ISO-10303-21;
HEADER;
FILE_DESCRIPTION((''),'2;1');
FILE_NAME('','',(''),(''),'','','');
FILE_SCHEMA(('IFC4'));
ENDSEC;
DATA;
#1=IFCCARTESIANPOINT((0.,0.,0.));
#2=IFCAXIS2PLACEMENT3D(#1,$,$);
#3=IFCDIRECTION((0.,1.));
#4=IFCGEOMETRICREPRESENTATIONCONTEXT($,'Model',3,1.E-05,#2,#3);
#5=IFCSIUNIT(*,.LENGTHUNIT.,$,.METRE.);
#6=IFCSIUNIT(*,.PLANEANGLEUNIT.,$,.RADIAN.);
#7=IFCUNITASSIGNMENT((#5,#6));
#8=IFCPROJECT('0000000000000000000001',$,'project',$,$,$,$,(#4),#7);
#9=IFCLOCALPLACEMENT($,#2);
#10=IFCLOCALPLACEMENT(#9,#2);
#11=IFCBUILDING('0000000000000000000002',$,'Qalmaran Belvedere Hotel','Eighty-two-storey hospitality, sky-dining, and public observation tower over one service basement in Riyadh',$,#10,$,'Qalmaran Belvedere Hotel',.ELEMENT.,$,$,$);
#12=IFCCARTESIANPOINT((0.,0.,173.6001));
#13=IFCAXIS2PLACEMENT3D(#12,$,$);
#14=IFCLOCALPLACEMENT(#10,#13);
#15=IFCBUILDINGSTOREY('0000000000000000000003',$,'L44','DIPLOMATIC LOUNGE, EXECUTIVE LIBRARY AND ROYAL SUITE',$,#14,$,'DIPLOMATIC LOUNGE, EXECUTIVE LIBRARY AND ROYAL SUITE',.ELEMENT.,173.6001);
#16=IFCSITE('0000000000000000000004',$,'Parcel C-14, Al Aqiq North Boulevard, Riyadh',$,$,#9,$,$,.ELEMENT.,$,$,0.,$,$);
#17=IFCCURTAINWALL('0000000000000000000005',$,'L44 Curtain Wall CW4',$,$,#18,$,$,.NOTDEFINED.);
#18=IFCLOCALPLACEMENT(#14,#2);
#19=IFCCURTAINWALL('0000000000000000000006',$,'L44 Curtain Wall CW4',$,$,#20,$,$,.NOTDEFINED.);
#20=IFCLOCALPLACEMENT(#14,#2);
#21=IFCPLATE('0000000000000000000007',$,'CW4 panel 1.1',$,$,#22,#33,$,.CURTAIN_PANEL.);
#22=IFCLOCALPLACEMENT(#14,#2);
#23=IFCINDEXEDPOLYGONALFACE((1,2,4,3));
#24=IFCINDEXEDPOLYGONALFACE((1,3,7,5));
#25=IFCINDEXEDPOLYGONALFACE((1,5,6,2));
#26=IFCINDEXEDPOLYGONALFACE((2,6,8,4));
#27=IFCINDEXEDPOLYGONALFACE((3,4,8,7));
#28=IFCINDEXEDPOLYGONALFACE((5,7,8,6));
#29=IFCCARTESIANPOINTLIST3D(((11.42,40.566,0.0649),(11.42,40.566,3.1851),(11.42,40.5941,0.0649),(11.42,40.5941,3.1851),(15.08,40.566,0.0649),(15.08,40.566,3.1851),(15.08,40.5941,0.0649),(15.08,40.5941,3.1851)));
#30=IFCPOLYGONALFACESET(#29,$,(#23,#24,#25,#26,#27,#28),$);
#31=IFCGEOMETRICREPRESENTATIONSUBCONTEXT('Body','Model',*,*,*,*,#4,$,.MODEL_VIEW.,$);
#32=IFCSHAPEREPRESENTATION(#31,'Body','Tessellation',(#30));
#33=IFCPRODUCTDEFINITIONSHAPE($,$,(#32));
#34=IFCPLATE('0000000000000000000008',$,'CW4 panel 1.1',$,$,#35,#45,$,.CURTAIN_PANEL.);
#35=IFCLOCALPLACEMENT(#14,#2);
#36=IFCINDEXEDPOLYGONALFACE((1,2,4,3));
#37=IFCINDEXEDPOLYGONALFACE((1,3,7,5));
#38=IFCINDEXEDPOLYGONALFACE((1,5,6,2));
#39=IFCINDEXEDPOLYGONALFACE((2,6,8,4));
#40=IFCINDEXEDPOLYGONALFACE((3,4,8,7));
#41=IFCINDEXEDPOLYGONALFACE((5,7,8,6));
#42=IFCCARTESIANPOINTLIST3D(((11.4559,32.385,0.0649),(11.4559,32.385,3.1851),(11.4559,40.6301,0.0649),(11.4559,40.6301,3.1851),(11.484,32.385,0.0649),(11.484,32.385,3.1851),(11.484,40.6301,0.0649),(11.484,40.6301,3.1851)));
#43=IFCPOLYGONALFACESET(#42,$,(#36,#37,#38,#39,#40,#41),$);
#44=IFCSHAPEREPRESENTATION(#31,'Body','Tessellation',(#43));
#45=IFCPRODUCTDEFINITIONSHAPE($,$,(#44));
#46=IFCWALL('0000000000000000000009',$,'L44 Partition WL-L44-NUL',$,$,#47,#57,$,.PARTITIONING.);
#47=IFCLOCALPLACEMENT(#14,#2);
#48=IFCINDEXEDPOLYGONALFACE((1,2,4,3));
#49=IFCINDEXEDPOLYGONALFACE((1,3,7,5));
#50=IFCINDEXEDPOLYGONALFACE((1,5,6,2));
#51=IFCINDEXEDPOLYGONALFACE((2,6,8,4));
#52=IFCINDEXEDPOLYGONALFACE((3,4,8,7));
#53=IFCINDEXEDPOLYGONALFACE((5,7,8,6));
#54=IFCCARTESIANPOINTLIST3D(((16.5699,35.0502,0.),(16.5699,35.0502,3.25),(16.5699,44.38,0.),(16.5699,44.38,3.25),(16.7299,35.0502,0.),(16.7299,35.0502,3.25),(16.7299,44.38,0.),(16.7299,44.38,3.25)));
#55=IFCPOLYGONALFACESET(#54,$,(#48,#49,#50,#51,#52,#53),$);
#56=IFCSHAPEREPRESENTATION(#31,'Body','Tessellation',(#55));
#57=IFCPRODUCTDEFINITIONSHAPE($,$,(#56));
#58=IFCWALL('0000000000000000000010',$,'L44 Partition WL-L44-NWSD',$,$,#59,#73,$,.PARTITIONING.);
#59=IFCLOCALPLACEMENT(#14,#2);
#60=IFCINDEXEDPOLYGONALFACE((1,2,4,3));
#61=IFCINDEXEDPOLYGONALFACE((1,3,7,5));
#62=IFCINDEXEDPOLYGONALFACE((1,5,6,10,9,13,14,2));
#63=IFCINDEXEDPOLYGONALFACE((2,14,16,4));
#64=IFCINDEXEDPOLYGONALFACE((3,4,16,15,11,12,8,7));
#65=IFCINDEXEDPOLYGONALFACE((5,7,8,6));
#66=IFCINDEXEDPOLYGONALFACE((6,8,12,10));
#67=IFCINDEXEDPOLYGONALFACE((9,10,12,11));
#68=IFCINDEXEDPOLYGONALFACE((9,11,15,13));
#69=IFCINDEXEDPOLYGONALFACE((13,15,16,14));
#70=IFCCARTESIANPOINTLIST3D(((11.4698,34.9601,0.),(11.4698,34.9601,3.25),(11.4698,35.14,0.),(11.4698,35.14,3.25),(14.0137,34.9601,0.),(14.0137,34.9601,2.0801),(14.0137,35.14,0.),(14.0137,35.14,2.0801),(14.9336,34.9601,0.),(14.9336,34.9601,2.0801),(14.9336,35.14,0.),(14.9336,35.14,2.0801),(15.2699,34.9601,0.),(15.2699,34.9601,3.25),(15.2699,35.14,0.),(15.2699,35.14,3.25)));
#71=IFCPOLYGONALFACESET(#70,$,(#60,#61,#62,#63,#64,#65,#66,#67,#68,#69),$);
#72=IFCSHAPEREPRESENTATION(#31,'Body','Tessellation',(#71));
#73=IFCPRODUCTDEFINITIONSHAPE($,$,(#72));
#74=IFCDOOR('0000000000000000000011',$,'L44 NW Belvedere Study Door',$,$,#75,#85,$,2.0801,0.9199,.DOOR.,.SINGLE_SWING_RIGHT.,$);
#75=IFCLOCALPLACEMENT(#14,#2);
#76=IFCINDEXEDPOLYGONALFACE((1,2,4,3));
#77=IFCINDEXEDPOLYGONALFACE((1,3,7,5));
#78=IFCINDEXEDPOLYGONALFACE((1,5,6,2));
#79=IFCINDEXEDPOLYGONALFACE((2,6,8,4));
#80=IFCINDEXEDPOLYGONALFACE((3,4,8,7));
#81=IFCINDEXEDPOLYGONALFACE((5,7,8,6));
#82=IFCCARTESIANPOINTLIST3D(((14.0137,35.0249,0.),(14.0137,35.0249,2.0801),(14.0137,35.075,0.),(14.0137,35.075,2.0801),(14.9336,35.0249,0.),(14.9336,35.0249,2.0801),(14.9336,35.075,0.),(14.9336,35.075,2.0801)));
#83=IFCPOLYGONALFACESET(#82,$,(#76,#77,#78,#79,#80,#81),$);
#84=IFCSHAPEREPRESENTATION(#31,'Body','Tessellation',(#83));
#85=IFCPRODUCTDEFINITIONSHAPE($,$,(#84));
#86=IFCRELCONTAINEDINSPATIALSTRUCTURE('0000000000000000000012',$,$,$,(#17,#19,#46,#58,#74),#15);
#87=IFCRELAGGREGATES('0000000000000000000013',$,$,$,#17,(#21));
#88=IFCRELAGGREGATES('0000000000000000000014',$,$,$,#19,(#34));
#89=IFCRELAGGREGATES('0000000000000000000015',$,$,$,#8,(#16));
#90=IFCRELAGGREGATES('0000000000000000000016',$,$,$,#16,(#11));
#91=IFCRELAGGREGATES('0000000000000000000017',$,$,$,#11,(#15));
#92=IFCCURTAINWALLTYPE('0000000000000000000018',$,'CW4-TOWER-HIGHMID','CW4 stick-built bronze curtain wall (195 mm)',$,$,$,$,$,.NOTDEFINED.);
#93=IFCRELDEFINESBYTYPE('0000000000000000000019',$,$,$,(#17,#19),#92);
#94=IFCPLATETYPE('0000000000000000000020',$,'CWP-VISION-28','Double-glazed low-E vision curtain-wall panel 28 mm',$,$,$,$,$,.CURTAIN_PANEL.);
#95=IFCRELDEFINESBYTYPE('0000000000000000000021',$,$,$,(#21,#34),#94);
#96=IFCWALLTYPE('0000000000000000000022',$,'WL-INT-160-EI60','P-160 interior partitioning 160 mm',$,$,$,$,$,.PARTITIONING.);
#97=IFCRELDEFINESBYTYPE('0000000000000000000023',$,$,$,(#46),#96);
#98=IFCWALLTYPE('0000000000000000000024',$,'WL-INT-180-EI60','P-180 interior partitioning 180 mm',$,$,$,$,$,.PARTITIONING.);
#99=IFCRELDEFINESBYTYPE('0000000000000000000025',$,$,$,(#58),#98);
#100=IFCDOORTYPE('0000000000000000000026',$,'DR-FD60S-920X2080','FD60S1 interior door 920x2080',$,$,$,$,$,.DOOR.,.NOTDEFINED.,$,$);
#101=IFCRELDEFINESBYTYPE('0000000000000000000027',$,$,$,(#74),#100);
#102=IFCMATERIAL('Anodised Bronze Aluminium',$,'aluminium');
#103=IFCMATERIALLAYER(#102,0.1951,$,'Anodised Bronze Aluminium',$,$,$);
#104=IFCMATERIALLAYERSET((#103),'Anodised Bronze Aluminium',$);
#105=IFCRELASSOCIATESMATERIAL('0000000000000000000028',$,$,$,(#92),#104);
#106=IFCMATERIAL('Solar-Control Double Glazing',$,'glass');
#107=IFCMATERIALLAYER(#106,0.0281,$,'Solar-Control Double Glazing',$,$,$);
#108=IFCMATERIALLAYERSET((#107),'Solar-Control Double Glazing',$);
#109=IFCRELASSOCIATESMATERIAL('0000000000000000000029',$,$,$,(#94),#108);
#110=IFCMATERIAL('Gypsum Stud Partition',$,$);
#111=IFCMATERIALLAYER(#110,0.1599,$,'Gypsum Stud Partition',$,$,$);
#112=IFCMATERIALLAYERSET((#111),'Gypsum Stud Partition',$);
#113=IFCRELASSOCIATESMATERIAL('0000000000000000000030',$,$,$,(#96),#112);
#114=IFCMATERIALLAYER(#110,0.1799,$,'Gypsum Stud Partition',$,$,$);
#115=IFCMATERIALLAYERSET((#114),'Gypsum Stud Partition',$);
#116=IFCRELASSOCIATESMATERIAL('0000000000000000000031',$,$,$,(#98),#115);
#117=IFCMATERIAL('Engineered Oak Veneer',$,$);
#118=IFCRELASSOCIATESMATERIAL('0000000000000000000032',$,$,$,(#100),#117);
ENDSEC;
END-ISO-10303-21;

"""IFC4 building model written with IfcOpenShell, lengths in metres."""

from ifc_helpers import new_model, si_unit, direction, frame, frame_2d, origin, origin_2d, place, context, subcontext, project, spatial, rectangle, extrude, material, layer, layer_set, type_object, element, fill, aggregate, save


model = new_model("IFC4")

# Units and contexts
model_context = context("Model", 3, precision=1e-05, world=origin(), true_north=direction((0.0, 1.0)))
body_context = subcontext(model_context, "Body", "Model", "MODEL_VIEW")
ifc_project = project(units=[si_unit("LENGTHUNIT", "METRE"), si_unit("PLANEANGLEUNIT", "RADIAN")], contexts=[model_context])

# Site, building, storey
site_placement = place(None, origin())
site = spatial("IfcSite", under=ifc_project, at=site_placement, Name="Parcel C-14, Al Aqiq North Boulevard, Riyadh", CompositionType="ELEMENT", RefElevation=0.0)
building_placement = place(site_placement, origin())
building = spatial("IfcBuilding", under=site, at=building_placement, Name="Qalmaran Belvedere Hotel", Description="Eighty-two-storey hospitality, sky-dining, and public observation tower over one service basement in Riyadh", LongName="Qalmaran Belvedere Hotel", CompositionType="ELEMENT")
storey_placement = place(building_placement, frame((0.0, 0.0, 173.6001)))
storey = spatial("IfcBuildingStorey", under=building, at=storey_placement, Name="L44", Description="DIPLOMATIC LOUNGE, EXECUTIVE LIBRARY AND ROYAL SUITE", LongName="DIPLOMATIC LOUNGE, EXECUTIVE LIBRARY AND ROYAL SUITE", CompositionType="ELEMENT", Elevation=173.6001)

# Shared definitions
ifc_material_1 = material(Name="Anodised Bronze Aluminium", Category="aluminium")
ifc_layer_1 = layer(ifc_material_1, 0.1951, Name="Anodised Bronze Aluminium")
ifc_layer_set_1 = layer_set([ifc_layer_1], Name="Anodised Bronze Aluminium")
curtain_wall_type = type_object("IfcCurtainWallType", Name="CW4-TOWER-HIGHMID", Description="CW4 stick-built bronze curtain wall (195 mm)", PredefinedType="NOTDEFINED", material=ifc_layer_set_1)

# Curtain wall
curtain_wall_1_placement = place(storey_placement, origin())
curtain_wall_1 = element("IfcCurtainWall", 1, at=curtain_wall_1_placement, inside=storey, type_object=curtain_wall_type, Name="L44 Curtain Wall CW4", PredefinedType="NOTDEFINED")

# Curtain wall
curtain_wall_2_placement = place(storey_placement, origin())
curtain_wall_2 = element("IfcCurtainWall", 2, at=curtain_wall_2_placement, inside=storey, type_object=curtain_wall_type, Name="L44 Curtain Wall CW4", PredefinedType="NOTDEFINED")

# Plates
ifc_material_2 = material(Name="Solar-Control Double Glazing", Category="glass")
ifc_layer_2 = layer(ifc_material_2, 0.0281, Name="Solar-Control Double Glazing")
ifc_layer_set_2 = layer_set([ifc_layer_2], Name="Solar-Control Double Glazing")
plate_type = type_object("IfcPlateType", Name="CWP-VISION-28", Description="Double-glazed low-E vision curtain-wall panel 28 mm", PredefinedType="CURTAIN_PANEL", material=ifc_layer_set_2)
plate_1_placement = place(storey_placement, frame((13.25, 40.5801, 0.0649), z_axis=(0.0, 0.0, 1.0), x_axis=(-1.0, 0.0, 0.0)))
plate_1 = element("IfcPlate", 3, at=plate_1_placement, type_object=plate_type, Name="CW4 panel 1.1", PredefinedType="CURTAIN_PANEL", context=body_context, shape_type="SweptSolid", body=[
    extrude(rectangle(XDim=3.6599, YDim=0.0281, at=origin_2d()), origin(), (0.0, 0.0, 1.0), 3.1201),
])
aggregate(curtain_wall_1, [plate_1])
plate_2_placement = place(storey_placement, frame((11.47, 36.5076, 0.0649), z_axis=(0.0, 0.0, 1.0), x_axis=(0.0, -1.0, 0.0)))
plate_2 = element("IfcPlate", 4, at=plate_2_placement, type_object=plate_type, Name="CW4 panel 1.1", PredefinedType="CURTAIN_PANEL", context=body_context, shape_type="SweptSolid", body=[
    extrude(rectangle(XDim=8.2451, YDim=0.0281, at=origin_2d()), origin(), (0.0, 0.0, 1.0), 3.1201),
])
aggregate(curtain_wall_2, [plate_2])

# Wall
ifc_material_3 = material(Name="Gypsum Stud Partition")
ifc_layer_3 = layer(ifc_material_3, 0.1599, Name="Gypsum Stud Partition")
ifc_layer_set_3 = layer_set([ifc_layer_3], Name="Gypsum Stud Partition")
wall_type_1 = type_object("IfcWallType", Name="WL-INT-160-EI60", Description="P-160 interior partitioning 160 mm", PredefinedType="PARTITIONING", material=ifc_layer_set_3)
wall_1_placement = place(storey_placement, frame((16.6499, 35.05, 0.0), z_axis=(0.0, 0.0, 1.0), x_axis=(0.0, 1.0, 0.0)))
element("IfcWall", 5, at=wall_1_placement, inside=storey, type_object=wall_type_1, Name="L44 Partition WL-L44-NUL", PredefinedType="PARTITIONING", context=body_context, shape_type="SweptSolid", body=[
    extrude(rectangle(XDim=9.3298, YDim=0.1599, at=frame_2d((4.665, 0.0))), origin(), (0.0, 0.0, 1.0), 3.25),
])

# Wall, opening, door
ifc_layer_4 = layer(ifc_material_3, 0.1799, Name="Gypsum Stud Partition")
ifc_layer_set_4 = layer_set([ifc_layer_4], Name="Gypsum Stud Partition")
wall_type_2 = type_object("IfcWallType", Name="WL-INT-180-EI60", Description="P-180 interior partitioning 180 mm", PredefinedType="PARTITIONING", material=ifc_layer_set_4)
ifc_material_4 = material(Name="Engineered Oak Veneer")
wall_2_placement = place(storey_placement, frame((11.47, 35.05, 0.0), z_axis=(0.0, 0.0, 1.0), x_axis=(1.0, 0.0, 0.0)))
wall_2 = element("IfcWall", 6, at=wall_2_placement, inside=storey, type_object=wall_type_2, Name="L44 Partition WL-L44-NWSD", PredefinedType="PARTITIONING", context=body_context, shape_type="SweptSolid", body=[
    extrude(rectangle(XDim=3.8, YDim=0.1799, at=frame_2d((1.8999, 0.0))), origin(), (0.0, 0.0, 1.0), 3.25),
])
opening_1_placement = place(wall_2_placement, frame((2.5437, 0.0, 0.0)))
opening_1 = element("IfcOpeningElement", 7, at=opening_1_placement, cuts=wall_2, PredefinedType="OPENING", context=body_context, shape_type="SweptSolid", body=[
    extrude(rectangle(XDim=0.9199, YDim=2.0801, at=frame_2d((0.46, 1.04))), frame((0.0, 0.1001, 0.0), z_axis=(0.0, -1.0, 0.0), x_axis=(1.0, 0.0, 0.0)), (0.0, 0.0, 1.0), 0.2),
])
door_type_1 = type_object("IfcDoorType", Name="DR-FD60S-920X2080", Description="FD60S1 interior door 920x2080", OperationType="NOTDEFINED", PredefinedType="DOOR", material=ifc_material_4)
door_1_placement = place(opening_1_placement, origin())
door_1 = element("IfcDoor", 8, at=door_1_placement, inside=storey, type_object=door_type_1, Name="L44 NW Belvedere Study Door", OperationType="SINGLE_SWING_RIGHT", OverallHeight=2.0801, OverallWidth=0.9199, PredefinedType="DOOR", context=body_context, shape_type="SweptSolid", body=[
    extrude(rectangle(XDim=0.9199, YDim=2.0801, at=frame_2d((0.46, 1.04))), frame((0.0, 0.0249, 0.0), z_axis=(0.0, -1.0, 0.0), x_axis=(1.0, 0.0, 0.0)), (0.0, 0.0, 1.0), 0.05),
])
fill(opening_1, door_1)

save(model, "model.ifc")
